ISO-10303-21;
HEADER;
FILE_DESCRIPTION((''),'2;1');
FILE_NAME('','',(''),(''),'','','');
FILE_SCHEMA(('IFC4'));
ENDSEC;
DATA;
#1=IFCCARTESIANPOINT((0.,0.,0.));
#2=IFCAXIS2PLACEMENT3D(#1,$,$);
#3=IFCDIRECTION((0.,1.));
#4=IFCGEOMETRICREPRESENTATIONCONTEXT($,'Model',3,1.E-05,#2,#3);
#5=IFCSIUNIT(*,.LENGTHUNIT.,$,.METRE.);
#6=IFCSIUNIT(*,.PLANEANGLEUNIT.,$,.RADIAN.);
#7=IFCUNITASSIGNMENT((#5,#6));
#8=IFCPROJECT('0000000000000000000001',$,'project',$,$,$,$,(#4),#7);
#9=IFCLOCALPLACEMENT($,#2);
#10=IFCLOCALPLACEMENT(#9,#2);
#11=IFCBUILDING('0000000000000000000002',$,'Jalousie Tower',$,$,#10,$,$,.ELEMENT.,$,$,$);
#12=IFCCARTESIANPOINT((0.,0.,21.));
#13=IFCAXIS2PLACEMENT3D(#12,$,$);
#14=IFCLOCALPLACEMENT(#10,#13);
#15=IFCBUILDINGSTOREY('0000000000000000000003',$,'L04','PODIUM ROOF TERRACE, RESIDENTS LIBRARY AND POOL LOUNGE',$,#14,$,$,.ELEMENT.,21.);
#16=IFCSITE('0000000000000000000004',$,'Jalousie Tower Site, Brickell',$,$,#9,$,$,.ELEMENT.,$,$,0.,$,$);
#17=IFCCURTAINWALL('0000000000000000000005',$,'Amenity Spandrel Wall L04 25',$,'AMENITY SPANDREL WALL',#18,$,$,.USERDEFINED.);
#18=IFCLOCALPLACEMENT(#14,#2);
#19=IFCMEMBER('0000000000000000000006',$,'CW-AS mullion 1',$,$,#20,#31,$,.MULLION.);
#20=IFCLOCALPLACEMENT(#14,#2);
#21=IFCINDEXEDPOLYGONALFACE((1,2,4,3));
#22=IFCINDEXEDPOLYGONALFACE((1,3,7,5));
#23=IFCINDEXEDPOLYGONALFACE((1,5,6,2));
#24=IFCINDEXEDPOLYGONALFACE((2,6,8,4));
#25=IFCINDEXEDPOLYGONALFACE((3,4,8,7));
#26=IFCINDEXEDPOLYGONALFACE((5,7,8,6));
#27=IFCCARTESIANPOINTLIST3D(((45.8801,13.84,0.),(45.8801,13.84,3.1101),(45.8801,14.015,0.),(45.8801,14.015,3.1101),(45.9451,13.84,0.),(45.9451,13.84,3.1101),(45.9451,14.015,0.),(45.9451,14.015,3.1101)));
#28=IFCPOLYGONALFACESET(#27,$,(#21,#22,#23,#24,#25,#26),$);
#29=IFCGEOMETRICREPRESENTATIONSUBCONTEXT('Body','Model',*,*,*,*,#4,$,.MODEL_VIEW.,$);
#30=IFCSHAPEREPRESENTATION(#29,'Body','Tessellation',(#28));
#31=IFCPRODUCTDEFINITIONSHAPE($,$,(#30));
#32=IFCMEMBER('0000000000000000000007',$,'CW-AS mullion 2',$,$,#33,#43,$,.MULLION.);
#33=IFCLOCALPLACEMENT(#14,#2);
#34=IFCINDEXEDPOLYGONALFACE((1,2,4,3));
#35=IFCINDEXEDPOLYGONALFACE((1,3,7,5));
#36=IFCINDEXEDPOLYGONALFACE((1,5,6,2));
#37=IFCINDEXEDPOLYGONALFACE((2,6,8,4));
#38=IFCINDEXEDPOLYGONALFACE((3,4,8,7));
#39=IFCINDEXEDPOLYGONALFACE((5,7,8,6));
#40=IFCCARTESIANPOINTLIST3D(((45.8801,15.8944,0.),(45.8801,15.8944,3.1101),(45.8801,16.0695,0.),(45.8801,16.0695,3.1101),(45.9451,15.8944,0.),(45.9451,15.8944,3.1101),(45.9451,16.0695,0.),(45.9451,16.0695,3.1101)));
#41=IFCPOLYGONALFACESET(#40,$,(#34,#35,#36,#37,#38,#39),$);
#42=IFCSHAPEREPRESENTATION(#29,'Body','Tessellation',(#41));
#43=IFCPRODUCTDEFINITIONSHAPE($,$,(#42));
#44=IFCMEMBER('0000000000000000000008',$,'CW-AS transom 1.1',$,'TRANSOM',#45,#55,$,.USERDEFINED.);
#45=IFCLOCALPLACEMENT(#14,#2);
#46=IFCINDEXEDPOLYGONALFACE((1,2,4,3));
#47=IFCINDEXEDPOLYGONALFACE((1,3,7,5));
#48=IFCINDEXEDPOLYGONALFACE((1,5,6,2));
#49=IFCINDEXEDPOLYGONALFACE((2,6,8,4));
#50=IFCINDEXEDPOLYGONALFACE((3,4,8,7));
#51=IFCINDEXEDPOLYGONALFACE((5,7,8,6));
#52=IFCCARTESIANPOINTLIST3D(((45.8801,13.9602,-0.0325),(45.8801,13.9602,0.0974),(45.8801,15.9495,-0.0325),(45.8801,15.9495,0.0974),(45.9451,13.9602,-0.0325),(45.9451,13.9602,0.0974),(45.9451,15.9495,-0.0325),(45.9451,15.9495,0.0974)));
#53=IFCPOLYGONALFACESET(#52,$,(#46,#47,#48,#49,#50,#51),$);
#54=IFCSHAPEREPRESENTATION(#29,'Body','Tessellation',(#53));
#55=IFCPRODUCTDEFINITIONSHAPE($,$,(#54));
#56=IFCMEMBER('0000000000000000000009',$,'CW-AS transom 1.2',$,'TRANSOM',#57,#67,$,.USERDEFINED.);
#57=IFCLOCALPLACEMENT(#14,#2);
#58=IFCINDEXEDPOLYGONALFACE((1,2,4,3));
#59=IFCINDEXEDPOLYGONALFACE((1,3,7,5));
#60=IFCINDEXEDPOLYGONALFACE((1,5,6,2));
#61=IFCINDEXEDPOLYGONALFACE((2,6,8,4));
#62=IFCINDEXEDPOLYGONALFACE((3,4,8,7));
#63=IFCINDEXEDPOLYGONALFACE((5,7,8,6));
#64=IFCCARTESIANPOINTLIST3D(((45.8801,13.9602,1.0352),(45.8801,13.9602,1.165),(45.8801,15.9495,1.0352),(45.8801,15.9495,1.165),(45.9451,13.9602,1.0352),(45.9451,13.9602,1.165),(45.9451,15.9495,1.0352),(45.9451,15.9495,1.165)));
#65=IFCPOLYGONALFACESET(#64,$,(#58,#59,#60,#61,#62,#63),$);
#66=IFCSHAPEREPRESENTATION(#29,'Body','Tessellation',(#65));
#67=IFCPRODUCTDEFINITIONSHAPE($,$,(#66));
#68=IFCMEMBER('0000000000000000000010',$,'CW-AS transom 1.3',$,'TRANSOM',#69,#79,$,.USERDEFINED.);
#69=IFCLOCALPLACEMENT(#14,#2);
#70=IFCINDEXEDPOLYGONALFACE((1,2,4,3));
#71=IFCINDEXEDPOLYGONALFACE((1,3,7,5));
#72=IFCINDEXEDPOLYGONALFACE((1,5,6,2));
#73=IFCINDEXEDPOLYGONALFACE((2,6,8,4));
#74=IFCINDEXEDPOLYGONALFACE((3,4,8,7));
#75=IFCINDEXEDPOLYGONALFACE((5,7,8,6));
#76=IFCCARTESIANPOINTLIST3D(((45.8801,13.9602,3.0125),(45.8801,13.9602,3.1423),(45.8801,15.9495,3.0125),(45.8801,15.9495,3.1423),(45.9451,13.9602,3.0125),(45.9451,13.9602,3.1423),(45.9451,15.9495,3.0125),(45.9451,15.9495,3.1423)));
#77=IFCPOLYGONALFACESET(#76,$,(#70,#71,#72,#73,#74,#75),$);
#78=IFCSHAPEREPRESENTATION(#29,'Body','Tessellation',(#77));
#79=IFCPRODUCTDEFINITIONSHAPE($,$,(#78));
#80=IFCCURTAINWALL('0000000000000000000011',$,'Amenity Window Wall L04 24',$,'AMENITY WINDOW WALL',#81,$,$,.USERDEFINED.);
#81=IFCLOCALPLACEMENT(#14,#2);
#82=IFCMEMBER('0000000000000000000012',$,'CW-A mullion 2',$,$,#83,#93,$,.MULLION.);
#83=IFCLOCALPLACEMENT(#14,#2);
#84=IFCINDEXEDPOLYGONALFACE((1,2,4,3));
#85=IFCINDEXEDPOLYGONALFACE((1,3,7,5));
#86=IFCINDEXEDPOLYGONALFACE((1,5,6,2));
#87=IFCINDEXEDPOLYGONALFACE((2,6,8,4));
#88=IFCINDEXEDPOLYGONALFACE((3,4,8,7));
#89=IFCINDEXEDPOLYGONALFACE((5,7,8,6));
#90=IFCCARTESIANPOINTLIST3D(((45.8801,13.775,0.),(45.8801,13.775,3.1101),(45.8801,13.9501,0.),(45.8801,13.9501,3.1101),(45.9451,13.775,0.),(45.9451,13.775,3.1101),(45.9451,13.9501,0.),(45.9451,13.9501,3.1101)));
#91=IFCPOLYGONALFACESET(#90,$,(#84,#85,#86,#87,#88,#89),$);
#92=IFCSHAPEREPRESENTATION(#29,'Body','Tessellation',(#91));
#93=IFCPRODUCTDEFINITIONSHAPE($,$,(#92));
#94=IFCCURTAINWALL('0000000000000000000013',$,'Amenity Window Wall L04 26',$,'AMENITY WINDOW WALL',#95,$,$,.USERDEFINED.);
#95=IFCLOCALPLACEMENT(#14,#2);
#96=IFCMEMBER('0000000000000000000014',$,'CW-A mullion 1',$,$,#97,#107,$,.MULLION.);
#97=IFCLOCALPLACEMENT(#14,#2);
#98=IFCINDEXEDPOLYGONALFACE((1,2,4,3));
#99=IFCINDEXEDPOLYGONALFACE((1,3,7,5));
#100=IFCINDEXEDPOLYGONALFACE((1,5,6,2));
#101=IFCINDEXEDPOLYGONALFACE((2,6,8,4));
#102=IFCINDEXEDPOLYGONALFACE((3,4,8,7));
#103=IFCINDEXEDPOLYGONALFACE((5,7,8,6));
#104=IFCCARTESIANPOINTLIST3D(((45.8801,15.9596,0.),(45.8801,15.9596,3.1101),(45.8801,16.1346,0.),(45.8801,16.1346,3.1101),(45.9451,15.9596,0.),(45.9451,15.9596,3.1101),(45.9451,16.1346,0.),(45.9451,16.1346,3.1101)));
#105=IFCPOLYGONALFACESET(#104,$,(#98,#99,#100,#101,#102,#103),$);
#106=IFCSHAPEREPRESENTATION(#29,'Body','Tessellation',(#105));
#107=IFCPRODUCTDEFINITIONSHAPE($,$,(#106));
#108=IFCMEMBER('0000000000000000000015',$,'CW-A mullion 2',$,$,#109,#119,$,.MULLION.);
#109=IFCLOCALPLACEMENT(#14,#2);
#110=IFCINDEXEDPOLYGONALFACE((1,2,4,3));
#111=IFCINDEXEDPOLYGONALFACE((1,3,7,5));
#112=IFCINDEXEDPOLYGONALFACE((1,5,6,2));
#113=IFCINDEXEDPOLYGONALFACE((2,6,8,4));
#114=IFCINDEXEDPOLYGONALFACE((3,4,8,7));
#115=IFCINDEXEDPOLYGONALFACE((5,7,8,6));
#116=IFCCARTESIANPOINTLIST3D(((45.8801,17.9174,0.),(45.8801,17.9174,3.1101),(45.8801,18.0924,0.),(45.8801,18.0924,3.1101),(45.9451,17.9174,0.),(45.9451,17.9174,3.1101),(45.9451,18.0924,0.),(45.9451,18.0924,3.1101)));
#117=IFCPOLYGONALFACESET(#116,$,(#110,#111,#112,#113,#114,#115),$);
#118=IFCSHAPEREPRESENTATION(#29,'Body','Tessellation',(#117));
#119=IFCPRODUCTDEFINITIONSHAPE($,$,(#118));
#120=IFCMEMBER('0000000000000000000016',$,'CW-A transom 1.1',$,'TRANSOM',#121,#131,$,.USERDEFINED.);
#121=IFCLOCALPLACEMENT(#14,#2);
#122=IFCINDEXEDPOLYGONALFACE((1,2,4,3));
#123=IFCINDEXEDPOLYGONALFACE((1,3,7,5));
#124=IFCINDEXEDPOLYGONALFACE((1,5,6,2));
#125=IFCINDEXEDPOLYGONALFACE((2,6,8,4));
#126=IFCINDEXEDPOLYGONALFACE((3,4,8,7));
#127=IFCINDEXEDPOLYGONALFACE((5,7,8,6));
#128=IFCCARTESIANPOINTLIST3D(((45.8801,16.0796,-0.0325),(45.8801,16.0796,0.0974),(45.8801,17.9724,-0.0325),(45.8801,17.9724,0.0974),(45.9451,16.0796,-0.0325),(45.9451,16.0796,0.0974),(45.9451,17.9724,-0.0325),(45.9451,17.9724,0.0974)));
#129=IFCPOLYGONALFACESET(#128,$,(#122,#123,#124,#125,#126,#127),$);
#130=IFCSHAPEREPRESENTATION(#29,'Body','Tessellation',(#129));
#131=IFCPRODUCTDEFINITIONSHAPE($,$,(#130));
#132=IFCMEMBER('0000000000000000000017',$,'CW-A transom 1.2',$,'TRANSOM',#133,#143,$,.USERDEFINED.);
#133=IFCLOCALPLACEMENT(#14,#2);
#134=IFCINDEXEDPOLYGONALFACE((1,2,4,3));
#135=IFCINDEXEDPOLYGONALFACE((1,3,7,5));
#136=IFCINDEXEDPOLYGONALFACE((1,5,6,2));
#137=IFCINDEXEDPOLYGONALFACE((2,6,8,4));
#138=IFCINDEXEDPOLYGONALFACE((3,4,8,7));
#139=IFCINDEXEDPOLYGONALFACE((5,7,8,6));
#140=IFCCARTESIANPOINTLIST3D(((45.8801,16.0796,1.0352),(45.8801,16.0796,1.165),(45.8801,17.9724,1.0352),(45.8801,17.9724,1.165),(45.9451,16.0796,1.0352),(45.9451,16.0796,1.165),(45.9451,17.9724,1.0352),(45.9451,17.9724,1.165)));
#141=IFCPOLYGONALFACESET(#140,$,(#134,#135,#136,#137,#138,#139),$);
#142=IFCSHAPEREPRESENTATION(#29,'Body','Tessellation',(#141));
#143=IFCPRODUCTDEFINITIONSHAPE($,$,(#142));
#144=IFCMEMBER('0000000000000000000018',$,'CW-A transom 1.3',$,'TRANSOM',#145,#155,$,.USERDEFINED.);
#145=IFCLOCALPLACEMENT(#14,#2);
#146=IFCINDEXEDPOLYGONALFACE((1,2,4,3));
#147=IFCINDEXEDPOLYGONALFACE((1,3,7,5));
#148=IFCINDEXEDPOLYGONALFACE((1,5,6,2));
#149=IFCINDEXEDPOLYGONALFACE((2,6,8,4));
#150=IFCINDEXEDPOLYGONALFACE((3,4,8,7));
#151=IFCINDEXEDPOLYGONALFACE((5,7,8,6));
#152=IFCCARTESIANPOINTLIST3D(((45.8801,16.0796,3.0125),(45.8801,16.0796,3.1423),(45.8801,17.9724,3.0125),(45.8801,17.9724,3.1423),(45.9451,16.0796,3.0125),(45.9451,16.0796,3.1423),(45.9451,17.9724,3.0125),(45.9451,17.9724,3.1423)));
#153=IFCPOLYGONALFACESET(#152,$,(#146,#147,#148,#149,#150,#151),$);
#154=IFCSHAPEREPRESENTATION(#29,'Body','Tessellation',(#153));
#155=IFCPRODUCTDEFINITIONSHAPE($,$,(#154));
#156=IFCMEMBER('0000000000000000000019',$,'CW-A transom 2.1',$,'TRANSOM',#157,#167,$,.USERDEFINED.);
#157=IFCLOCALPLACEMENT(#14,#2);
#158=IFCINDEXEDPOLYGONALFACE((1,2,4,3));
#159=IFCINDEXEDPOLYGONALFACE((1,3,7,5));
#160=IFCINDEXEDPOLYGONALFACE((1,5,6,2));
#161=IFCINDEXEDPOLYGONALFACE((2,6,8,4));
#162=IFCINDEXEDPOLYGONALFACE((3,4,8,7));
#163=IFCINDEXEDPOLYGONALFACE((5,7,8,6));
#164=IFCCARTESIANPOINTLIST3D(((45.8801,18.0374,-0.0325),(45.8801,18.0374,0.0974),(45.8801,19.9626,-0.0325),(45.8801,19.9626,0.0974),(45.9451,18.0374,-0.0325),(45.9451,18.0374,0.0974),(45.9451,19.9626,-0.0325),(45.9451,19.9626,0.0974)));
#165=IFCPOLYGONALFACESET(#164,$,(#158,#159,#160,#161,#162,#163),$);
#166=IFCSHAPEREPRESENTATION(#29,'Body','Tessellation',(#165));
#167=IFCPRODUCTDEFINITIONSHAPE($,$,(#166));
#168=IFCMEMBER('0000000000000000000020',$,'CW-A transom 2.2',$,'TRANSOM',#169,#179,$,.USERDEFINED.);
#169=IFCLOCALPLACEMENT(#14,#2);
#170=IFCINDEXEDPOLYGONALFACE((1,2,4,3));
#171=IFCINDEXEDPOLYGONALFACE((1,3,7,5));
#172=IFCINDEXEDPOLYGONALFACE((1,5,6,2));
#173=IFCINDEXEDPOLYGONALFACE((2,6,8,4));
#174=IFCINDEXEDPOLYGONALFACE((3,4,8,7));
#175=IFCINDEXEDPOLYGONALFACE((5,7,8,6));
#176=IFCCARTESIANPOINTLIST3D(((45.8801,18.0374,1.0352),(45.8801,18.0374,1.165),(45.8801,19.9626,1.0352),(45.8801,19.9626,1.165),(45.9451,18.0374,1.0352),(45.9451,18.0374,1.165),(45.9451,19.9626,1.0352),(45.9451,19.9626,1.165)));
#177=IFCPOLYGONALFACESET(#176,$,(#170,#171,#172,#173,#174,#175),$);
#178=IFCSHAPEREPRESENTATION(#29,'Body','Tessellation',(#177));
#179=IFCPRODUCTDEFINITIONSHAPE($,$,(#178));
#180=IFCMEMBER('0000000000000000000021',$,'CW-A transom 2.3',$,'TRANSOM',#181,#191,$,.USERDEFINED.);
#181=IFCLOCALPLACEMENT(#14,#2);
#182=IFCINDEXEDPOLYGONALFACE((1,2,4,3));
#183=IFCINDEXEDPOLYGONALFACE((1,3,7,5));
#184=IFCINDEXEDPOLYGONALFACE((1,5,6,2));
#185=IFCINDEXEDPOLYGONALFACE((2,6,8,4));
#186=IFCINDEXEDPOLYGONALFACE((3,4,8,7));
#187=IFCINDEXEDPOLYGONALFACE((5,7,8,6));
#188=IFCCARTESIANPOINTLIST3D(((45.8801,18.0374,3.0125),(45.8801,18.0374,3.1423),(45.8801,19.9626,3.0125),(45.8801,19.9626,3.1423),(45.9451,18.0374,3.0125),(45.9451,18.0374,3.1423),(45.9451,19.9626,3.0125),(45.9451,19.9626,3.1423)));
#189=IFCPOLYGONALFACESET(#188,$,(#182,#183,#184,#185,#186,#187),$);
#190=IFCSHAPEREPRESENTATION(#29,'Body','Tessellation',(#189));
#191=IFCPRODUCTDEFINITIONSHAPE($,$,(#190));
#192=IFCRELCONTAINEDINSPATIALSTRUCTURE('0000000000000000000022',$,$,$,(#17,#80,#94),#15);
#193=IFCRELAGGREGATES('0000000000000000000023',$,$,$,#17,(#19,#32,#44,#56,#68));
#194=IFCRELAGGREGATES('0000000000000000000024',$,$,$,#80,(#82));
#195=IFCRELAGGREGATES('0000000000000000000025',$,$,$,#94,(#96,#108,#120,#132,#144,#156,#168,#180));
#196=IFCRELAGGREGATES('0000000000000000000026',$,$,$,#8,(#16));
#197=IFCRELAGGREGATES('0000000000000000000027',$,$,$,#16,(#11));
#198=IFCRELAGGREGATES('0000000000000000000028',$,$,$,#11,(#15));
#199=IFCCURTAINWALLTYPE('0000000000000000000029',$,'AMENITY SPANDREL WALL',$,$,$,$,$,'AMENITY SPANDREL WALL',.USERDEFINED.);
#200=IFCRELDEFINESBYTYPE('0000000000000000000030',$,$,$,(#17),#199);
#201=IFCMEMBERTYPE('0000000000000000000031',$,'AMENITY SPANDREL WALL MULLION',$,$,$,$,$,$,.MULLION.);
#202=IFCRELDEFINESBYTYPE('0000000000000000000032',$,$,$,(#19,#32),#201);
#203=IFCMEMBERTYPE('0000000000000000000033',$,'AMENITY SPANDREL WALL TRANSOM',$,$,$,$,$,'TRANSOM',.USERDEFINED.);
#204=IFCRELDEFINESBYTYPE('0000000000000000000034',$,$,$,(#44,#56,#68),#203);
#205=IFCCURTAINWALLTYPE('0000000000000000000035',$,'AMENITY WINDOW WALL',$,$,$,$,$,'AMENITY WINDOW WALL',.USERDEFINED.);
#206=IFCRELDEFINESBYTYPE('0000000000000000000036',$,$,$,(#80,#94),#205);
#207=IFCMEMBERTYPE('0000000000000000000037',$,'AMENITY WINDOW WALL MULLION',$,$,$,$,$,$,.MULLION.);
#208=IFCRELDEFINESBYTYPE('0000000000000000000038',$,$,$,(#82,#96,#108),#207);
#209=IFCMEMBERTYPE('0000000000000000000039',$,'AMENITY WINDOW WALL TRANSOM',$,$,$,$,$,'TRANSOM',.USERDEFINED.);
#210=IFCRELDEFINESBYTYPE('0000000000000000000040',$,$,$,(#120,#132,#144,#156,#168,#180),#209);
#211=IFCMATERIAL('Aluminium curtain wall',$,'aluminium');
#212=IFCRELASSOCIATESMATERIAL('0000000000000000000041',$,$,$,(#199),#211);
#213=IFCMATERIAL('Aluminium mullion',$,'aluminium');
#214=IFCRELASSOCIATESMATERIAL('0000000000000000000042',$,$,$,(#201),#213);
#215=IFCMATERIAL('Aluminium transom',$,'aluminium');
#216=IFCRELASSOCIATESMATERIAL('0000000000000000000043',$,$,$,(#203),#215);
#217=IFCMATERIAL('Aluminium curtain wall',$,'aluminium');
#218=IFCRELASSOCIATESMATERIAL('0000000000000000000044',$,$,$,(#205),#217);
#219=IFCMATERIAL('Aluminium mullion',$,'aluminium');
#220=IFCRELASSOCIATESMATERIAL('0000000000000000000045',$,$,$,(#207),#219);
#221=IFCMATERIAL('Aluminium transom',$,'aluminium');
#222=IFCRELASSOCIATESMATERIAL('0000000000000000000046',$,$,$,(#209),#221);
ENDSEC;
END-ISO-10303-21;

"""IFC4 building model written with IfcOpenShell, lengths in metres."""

from ifc_helpers import new_model, si_unit, direction, frame, origin, origin_2d, place, context, subcontext, project, spatial, rectangle, extrude, material, material_profile, profile_set, type_object, element, aggregate, save


model = new_model("IFC4")

# Units and contexts
model_context = context("Model", 3, precision=1e-05, world=origin(), true_north=direction((0.0, 1.0)))
body_context = subcontext(model_context, "Body", "Model", "MODEL_VIEW")
ifc_project = project(units=[si_unit("LENGTHUNIT", "METRE"), si_unit("PLANEANGLEUNIT", "RADIAN")], contexts=[model_context])

# Site, building, storey
site_placement = place(None, origin())
site = spatial("IfcSite", under=ifc_project, at=site_placement, Name="Jalousie Tower Site, Brickell", CompositionType="ELEMENT", RefElevation=0.0)
building_placement = place(site_placement, origin())
building = spatial("IfcBuilding", under=site, at=building_placement, Name="Jalousie Tower", CompositionType="ELEMENT")
storey_placement = place(building_placement, frame((0.0, 0.0, 21.0)))
storey = spatial("IfcBuildingStorey", under=building, at=storey_placement, Name="L04", Description="PODIUM ROOF TERRACE, RESIDENTS LIBRARY AND POOL LOUNGE", CompositionType="ELEMENT", Elevation=21.0)

# Curtain wall, members
ifc_material_1 = material(Name="Aluminium curtain wall", Category="aluminium")
curtain_wall_type_1 = type_object("IfcCurtainWallType", Name="AMENITY SPANDREL WALL", ElementType="AMENITY SPANDREL WALL", PredefinedType="USERDEFINED", material=ifc_material_1)
curtain_wall_1_placement = place(storey_placement, origin())
curtain_wall_1 = element("IfcCurtainWall", 1, at=curtain_wall_1_placement, inside=storey, type_object=curtain_wall_type_1, Name="Amenity Spandrel Wall L04 25", ObjectType="AMENITY SPANDREL WALL", PredefinedType="USERDEFINED")
ifc_material_2 = material(Name="Aluminium mullion", Category="aluminium")
ifc_material_profile_1 = material_profile(ifc_material_2, rectangle(XDim=0.0649, YDim=0.175, at=origin_2d()), Name="MULLION 65x175")
ifc_profile_set_1 = profile_set([ifc_material_profile_1], Name="Aluminium mullion")
member_type_1 = type_object("IfcMemberType", Name="AMENITY SPANDREL WALL MULLION", PredefinedType="MULLION", material=ifc_profile_set_1)
member_1_placement = place(storey_placement, frame((45.9126, 13.9275, 0.0), z_axis=(0.0, 0.0, 1.0), x_axis=(-1.0, 0.0, 0.0)))
member_1 = element("IfcMember", 2, at=member_1_placement, type_object=member_type_1, Name="CW-AS mullion 1", PredefinedType="MULLION", context=body_context, shape_type="SweptSolid", body=[
    extrude(rectangle(XDim=0.0649, YDim=0.175, at=origin_2d()), origin(), (0.0, 0.0, 1.0), 3.1101),
])
member_2_placement = place(storey_placement, frame((45.9126, 15.9819, 0.0), z_axis=(0.0, 0.0, 1.0), x_axis=(-1.0, 0.0, 0.0)))
member_2 = element("IfcMember", 3, at=member_2_placement, type_object=member_type_1, Name="CW-AS mullion 2", PredefinedType="MULLION", context=body_context, shape_type="SweptSolid", body=[
    extrude(rectangle(XDim=0.0649, YDim=0.175, at=origin_2d()), origin(), (0.0, 0.0, 1.0), 3.1101),
])
ifc_material_3 = material(Name="Aluminium transom", Category="aluminium")
ifc_material_profile_2 = material_profile(ifc_material_3, rectangle(XDim=0.0649, YDim=0.1299, at=origin_2d()), Name="TRANSOM 65x130")
ifc_profile_set_2 = profile_set([ifc_material_profile_2], Name="Aluminium transom")
member_type_2 = type_object("IfcMemberType", Name="AMENITY SPANDREL WALL TRANSOM", ElementType="TRANSOM", PredefinedType="USERDEFINED", material=ifc_profile_set_2)
member_3_placement = place(storey_placement, frame((45.9126, 13.9602, 0.0325), z_axis=(0.0, 1.0, 0.0), x_axis=(-1.0, 0.0, 0.0)))
member_3 = element("IfcMember", 4, at=member_3_placement, type_object=member_type_2, Name="CW-AS transom 1.1", ObjectType="TRANSOM", PredefinedType="USERDEFINED", context=body_context, shape_type="SweptSolid", body=[
    extrude(rectangle(XDim=0.0649, YDim=0.1299, at=origin_2d()), origin(), (0.0, 0.0, 1.0), 1.9893),
])
member_4_placement = place(storey_placement, frame((45.9126, 13.9602, 1.1001), z_axis=(0.0, 1.0, 0.0), x_axis=(-1.0, 0.0, 0.0)))
member_4 = element("IfcMember", 5, at=member_4_placement, type_object=member_type_2, Name="CW-AS transom 1.2", ObjectType="TRANSOM", PredefinedType="USERDEFINED", context=body_context, shape_type="SweptSolid", body=[
    extrude(rectangle(XDim=0.0649, YDim=0.1299, at=origin_2d()), origin(), (0.0, 0.0, 1.0), 1.9893),
])
member_5_placement = place(storey_placement, frame((45.9126, 13.9602, 3.0774), z_axis=(0.0, 1.0, 0.0), x_axis=(-1.0, 0.0, 0.0)))
member_5 = element("IfcMember", 6, at=member_5_placement, type_object=member_type_2, Name="CW-AS transom 1.3", ObjectType="TRANSOM", PredefinedType="USERDEFINED", context=body_context, shape_type="SweptSolid", body=[
    extrude(rectangle(XDim=0.0649, YDim=0.1299, at=origin_2d()), origin(), (0.0, 0.0, 1.0), 1.9893),
])

# Curtain wall, member
ifc_material_4 = material(Name="Aluminium curtain wall", Category="aluminium")
curtain_wall_type_2 = type_object("IfcCurtainWallType", Name="AMENITY WINDOW WALL", ElementType="AMENITY WINDOW WALL", PredefinedType="USERDEFINED", material=ifc_material_4)
curtain_wall_2_placement = place(storey_placement, origin())
curtain_wall_2 = element("IfcCurtainWall", 7, at=curtain_wall_2_placement, inside=storey, type_object=curtain_wall_type_2, Name="Amenity Window Wall L04 24", ObjectType="AMENITY WINDOW WALL", PredefinedType="USERDEFINED")
ifc_material_5 = material(Name="Aluminium mullion", Category="aluminium")
ifc_material_profile_3 = material_profile(ifc_material_5, rectangle(XDim=0.0649, YDim=0.175, at=origin_2d()), Name="MULLION 65x175")
ifc_profile_set_3 = profile_set([ifc_material_profile_3], Name="Aluminium mullion")
member_type_3 = type_object("IfcMemberType", Name="AMENITY WINDOW WALL MULLION", PredefinedType="MULLION", material=ifc_profile_set_3)
member_6_placement = place(storey_placement, frame((45.9126, 13.8625, 0.0), z_axis=(0.0, 0.0, 1.0), x_axis=(-1.0, 0.0, 0.0)))
member_6 = element("IfcMember", 8, at=member_6_placement, type_object=member_type_3, Name="CW-A mullion 2", PredefinedType="MULLION", context=body_context, shape_type="SweptSolid", body=[
    extrude(rectangle(XDim=0.0649, YDim=0.175, at=origin_2d()), origin(), (0.0, 0.0, 1.0), 3.1101),
])

# Curtain wall, members
curtain_wall_3_placement = place(storey_placement, origin())
curtain_wall_3 = element("IfcCurtainWall", 9, at=curtain_wall_3_placement, inside=storey, type_object=curtain_wall_type_2, Name="Amenity Window Wall L04 26", ObjectType="AMENITY WINDOW WALL", PredefinedType="USERDEFINED")
member_7_placement = place(storey_placement, frame((45.9126, 16.0471, 0.0), z_axis=(0.0, 0.0, 1.0), x_axis=(-1.0, 0.0, 0.0)))
member_7 = element("IfcMember", 10, at=member_7_placement, type_object=member_type_3, Name="CW-A mullion 1", PredefinedType="MULLION", context=body_context, shape_type="SweptSolid", body=[
    extrude(rectangle(XDim=0.0649, YDim=0.175, at=origin_2d()), origin(), (0.0, 0.0, 1.0), 3.1101),
])
member_8_placement = place(storey_placement, frame((45.9126, 18.0049, 0.0), z_axis=(0.0, 0.0, 1.0), x_axis=(-1.0, 0.0, 0.0)))
member_8 = element("IfcMember", 11, at=member_8_placement, type_object=member_type_3, Name="CW-A mullion 2", PredefinedType="MULLION", context=body_context, shape_type="SweptSolid", body=[
    extrude(rectangle(XDim=0.0649, YDim=0.175, at=origin_2d()), origin(), (0.0, 0.0, 1.0), 3.1101),
])
ifc_material_6 = material(Name="Aluminium transom", Category="aluminium")
ifc_material_profile_4 = material_profile(ifc_material_6, rectangle(XDim=0.0649, YDim=0.1299, at=origin_2d()), Name="TRANSOM 65x130")
ifc_profile_set_4 = profile_set([ifc_material_profile_4], Name="Aluminium transom")
member_type_4 = type_object("IfcMemberType", Name="AMENITY WINDOW WALL TRANSOM", ElementType="TRANSOM", PredefinedType="USERDEFINED", material=ifc_profile_set_4)
member_9_placement = place(storey_placement, frame((45.9126, 16.0796, 0.0325), z_axis=(0.0, 1.0, 0.0), x_axis=(-1.0, 0.0, 0.0)))
member_9 = element("IfcMember", 12, at=member_9_placement, type_object=member_type_4, Name="CW-A transom 1.1", ObjectType="TRANSOM", PredefinedType="USERDEFINED", context=body_context, shape_type="SweptSolid", body=[
    extrude(rectangle(XDim=0.0649, YDim=0.1299, at=origin_2d()), origin(), (0.0, 0.0, 1.0), 1.8928),
])
member_10_placement = place(storey_placement, frame((45.9126, 16.0796, 1.1001), z_axis=(0.0, 1.0, 0.0), x_axis=(-1.0, 0.0, 0.0)))
member_10 = element("IfcMember", 13, at=member_10_placement, type_object=member_type_4, Name="CW-A transom 1.2", ObjectType="TRANSOM", PredefinedType="USERDEFINED", context=body_context, shape_type="SweptSolid", body=[
    extrude(rectangle(XDim=0.0649, YDim=0.1299, at=origin_2d()), origin(), (0.0, 0.0, 1.0), 1.8928),
])
member_11_placement = place(storey_placement, frame((45.9126, 16.0796, 3.0774), z_axis=(0.0, 1.0, 0.0), x_axis=(-1.0, 0.0, 0.0)))
member_11 = element("IfcMember", 14, at=member_11_placement, type_object=member_type_4, Name="CW-A transom 1.3", ObjectType="TRANSOM", PredefinedType="USERDEFINED", context=body_context, shape_type="SweptSolid", body=[
    extrude(rectangle(XDim=0.0649, YDim=0.1299, at=origin_2d()), origin(), (0.0, 0.0, 1.0), 1.8928),
])
member_12_placement = place(storey_placement, frame((45.9126, 18.0374, 0.0325), z_axis=(0.0, 1.0, 0.0), x_axis=(-1.0, 0.0, 0.0)))
member_12 = element("IfcMember", 15, at=member_12_placement, type_object=member_type_4, Name="CW-A transom 2.1", ObjectType="TRANSOM", PredefinedType="USERDEFINED", context=body_context, shape_type="SweptSolid", body=[
    extrude(rectangle(XDim=0.0649, YDim=0.1299, at=origin_2d()), origin(), (0.0, 0.0, 1.0), 1.9253),
])
member_13_placement = place(storey_placement, frame((45.9126, 18.0374, 1.1001), z_axis=(0.0, 1.0, 0.0), x_axis=(-1.0, 0.0, 0.0)))
member_13 = element("IfcMember", 16, at=member_13_placement, type_object=member_type_4, Name="CW-A transom 2.2", ObjectType="TRANSOM", PredefinedType="USERDEFINED", context=body_context, shape_type="SweptSolid", body=[
    extrude(rectangle(XDim=0.0649, YDim=0.1299, at=origin_2d()), origin(), (0.0, 0.0, 1.0), 1.9253),
])
member_14_placement = place(storey_placement, frame((45.9126, 18.0374, 3.0774), z_axis=(0.0, 1.0, 0.0), x_axis=(-1.0, 0.0, 0.0)))
member_14 = element("IfcMember", 17, at=member_14_placement, type_object=member_type_4, Name="CW-A transom 2.3", ObjectType="TRANSOM", PredefinedType="USERDEFINED", context=body_context, shape_type="SweptSolid", body=[
    extrude(rectangle(XDim=0.0649, YDim=0.1299, at=origin_2d()), origin(), (0.0, 0.0, 1.0), 1.9253),
])

aggregate(curtain_wall_1, [member_1, member_2, member_3, member_4, member_5])
aggregate(curtain_wall_2, [member_6])
aggregate(curtain_wall_3, [member_7, member_8, member_9, member_10, member_11, member_12, member_13, member_14])

save(model, "model.ifc")
